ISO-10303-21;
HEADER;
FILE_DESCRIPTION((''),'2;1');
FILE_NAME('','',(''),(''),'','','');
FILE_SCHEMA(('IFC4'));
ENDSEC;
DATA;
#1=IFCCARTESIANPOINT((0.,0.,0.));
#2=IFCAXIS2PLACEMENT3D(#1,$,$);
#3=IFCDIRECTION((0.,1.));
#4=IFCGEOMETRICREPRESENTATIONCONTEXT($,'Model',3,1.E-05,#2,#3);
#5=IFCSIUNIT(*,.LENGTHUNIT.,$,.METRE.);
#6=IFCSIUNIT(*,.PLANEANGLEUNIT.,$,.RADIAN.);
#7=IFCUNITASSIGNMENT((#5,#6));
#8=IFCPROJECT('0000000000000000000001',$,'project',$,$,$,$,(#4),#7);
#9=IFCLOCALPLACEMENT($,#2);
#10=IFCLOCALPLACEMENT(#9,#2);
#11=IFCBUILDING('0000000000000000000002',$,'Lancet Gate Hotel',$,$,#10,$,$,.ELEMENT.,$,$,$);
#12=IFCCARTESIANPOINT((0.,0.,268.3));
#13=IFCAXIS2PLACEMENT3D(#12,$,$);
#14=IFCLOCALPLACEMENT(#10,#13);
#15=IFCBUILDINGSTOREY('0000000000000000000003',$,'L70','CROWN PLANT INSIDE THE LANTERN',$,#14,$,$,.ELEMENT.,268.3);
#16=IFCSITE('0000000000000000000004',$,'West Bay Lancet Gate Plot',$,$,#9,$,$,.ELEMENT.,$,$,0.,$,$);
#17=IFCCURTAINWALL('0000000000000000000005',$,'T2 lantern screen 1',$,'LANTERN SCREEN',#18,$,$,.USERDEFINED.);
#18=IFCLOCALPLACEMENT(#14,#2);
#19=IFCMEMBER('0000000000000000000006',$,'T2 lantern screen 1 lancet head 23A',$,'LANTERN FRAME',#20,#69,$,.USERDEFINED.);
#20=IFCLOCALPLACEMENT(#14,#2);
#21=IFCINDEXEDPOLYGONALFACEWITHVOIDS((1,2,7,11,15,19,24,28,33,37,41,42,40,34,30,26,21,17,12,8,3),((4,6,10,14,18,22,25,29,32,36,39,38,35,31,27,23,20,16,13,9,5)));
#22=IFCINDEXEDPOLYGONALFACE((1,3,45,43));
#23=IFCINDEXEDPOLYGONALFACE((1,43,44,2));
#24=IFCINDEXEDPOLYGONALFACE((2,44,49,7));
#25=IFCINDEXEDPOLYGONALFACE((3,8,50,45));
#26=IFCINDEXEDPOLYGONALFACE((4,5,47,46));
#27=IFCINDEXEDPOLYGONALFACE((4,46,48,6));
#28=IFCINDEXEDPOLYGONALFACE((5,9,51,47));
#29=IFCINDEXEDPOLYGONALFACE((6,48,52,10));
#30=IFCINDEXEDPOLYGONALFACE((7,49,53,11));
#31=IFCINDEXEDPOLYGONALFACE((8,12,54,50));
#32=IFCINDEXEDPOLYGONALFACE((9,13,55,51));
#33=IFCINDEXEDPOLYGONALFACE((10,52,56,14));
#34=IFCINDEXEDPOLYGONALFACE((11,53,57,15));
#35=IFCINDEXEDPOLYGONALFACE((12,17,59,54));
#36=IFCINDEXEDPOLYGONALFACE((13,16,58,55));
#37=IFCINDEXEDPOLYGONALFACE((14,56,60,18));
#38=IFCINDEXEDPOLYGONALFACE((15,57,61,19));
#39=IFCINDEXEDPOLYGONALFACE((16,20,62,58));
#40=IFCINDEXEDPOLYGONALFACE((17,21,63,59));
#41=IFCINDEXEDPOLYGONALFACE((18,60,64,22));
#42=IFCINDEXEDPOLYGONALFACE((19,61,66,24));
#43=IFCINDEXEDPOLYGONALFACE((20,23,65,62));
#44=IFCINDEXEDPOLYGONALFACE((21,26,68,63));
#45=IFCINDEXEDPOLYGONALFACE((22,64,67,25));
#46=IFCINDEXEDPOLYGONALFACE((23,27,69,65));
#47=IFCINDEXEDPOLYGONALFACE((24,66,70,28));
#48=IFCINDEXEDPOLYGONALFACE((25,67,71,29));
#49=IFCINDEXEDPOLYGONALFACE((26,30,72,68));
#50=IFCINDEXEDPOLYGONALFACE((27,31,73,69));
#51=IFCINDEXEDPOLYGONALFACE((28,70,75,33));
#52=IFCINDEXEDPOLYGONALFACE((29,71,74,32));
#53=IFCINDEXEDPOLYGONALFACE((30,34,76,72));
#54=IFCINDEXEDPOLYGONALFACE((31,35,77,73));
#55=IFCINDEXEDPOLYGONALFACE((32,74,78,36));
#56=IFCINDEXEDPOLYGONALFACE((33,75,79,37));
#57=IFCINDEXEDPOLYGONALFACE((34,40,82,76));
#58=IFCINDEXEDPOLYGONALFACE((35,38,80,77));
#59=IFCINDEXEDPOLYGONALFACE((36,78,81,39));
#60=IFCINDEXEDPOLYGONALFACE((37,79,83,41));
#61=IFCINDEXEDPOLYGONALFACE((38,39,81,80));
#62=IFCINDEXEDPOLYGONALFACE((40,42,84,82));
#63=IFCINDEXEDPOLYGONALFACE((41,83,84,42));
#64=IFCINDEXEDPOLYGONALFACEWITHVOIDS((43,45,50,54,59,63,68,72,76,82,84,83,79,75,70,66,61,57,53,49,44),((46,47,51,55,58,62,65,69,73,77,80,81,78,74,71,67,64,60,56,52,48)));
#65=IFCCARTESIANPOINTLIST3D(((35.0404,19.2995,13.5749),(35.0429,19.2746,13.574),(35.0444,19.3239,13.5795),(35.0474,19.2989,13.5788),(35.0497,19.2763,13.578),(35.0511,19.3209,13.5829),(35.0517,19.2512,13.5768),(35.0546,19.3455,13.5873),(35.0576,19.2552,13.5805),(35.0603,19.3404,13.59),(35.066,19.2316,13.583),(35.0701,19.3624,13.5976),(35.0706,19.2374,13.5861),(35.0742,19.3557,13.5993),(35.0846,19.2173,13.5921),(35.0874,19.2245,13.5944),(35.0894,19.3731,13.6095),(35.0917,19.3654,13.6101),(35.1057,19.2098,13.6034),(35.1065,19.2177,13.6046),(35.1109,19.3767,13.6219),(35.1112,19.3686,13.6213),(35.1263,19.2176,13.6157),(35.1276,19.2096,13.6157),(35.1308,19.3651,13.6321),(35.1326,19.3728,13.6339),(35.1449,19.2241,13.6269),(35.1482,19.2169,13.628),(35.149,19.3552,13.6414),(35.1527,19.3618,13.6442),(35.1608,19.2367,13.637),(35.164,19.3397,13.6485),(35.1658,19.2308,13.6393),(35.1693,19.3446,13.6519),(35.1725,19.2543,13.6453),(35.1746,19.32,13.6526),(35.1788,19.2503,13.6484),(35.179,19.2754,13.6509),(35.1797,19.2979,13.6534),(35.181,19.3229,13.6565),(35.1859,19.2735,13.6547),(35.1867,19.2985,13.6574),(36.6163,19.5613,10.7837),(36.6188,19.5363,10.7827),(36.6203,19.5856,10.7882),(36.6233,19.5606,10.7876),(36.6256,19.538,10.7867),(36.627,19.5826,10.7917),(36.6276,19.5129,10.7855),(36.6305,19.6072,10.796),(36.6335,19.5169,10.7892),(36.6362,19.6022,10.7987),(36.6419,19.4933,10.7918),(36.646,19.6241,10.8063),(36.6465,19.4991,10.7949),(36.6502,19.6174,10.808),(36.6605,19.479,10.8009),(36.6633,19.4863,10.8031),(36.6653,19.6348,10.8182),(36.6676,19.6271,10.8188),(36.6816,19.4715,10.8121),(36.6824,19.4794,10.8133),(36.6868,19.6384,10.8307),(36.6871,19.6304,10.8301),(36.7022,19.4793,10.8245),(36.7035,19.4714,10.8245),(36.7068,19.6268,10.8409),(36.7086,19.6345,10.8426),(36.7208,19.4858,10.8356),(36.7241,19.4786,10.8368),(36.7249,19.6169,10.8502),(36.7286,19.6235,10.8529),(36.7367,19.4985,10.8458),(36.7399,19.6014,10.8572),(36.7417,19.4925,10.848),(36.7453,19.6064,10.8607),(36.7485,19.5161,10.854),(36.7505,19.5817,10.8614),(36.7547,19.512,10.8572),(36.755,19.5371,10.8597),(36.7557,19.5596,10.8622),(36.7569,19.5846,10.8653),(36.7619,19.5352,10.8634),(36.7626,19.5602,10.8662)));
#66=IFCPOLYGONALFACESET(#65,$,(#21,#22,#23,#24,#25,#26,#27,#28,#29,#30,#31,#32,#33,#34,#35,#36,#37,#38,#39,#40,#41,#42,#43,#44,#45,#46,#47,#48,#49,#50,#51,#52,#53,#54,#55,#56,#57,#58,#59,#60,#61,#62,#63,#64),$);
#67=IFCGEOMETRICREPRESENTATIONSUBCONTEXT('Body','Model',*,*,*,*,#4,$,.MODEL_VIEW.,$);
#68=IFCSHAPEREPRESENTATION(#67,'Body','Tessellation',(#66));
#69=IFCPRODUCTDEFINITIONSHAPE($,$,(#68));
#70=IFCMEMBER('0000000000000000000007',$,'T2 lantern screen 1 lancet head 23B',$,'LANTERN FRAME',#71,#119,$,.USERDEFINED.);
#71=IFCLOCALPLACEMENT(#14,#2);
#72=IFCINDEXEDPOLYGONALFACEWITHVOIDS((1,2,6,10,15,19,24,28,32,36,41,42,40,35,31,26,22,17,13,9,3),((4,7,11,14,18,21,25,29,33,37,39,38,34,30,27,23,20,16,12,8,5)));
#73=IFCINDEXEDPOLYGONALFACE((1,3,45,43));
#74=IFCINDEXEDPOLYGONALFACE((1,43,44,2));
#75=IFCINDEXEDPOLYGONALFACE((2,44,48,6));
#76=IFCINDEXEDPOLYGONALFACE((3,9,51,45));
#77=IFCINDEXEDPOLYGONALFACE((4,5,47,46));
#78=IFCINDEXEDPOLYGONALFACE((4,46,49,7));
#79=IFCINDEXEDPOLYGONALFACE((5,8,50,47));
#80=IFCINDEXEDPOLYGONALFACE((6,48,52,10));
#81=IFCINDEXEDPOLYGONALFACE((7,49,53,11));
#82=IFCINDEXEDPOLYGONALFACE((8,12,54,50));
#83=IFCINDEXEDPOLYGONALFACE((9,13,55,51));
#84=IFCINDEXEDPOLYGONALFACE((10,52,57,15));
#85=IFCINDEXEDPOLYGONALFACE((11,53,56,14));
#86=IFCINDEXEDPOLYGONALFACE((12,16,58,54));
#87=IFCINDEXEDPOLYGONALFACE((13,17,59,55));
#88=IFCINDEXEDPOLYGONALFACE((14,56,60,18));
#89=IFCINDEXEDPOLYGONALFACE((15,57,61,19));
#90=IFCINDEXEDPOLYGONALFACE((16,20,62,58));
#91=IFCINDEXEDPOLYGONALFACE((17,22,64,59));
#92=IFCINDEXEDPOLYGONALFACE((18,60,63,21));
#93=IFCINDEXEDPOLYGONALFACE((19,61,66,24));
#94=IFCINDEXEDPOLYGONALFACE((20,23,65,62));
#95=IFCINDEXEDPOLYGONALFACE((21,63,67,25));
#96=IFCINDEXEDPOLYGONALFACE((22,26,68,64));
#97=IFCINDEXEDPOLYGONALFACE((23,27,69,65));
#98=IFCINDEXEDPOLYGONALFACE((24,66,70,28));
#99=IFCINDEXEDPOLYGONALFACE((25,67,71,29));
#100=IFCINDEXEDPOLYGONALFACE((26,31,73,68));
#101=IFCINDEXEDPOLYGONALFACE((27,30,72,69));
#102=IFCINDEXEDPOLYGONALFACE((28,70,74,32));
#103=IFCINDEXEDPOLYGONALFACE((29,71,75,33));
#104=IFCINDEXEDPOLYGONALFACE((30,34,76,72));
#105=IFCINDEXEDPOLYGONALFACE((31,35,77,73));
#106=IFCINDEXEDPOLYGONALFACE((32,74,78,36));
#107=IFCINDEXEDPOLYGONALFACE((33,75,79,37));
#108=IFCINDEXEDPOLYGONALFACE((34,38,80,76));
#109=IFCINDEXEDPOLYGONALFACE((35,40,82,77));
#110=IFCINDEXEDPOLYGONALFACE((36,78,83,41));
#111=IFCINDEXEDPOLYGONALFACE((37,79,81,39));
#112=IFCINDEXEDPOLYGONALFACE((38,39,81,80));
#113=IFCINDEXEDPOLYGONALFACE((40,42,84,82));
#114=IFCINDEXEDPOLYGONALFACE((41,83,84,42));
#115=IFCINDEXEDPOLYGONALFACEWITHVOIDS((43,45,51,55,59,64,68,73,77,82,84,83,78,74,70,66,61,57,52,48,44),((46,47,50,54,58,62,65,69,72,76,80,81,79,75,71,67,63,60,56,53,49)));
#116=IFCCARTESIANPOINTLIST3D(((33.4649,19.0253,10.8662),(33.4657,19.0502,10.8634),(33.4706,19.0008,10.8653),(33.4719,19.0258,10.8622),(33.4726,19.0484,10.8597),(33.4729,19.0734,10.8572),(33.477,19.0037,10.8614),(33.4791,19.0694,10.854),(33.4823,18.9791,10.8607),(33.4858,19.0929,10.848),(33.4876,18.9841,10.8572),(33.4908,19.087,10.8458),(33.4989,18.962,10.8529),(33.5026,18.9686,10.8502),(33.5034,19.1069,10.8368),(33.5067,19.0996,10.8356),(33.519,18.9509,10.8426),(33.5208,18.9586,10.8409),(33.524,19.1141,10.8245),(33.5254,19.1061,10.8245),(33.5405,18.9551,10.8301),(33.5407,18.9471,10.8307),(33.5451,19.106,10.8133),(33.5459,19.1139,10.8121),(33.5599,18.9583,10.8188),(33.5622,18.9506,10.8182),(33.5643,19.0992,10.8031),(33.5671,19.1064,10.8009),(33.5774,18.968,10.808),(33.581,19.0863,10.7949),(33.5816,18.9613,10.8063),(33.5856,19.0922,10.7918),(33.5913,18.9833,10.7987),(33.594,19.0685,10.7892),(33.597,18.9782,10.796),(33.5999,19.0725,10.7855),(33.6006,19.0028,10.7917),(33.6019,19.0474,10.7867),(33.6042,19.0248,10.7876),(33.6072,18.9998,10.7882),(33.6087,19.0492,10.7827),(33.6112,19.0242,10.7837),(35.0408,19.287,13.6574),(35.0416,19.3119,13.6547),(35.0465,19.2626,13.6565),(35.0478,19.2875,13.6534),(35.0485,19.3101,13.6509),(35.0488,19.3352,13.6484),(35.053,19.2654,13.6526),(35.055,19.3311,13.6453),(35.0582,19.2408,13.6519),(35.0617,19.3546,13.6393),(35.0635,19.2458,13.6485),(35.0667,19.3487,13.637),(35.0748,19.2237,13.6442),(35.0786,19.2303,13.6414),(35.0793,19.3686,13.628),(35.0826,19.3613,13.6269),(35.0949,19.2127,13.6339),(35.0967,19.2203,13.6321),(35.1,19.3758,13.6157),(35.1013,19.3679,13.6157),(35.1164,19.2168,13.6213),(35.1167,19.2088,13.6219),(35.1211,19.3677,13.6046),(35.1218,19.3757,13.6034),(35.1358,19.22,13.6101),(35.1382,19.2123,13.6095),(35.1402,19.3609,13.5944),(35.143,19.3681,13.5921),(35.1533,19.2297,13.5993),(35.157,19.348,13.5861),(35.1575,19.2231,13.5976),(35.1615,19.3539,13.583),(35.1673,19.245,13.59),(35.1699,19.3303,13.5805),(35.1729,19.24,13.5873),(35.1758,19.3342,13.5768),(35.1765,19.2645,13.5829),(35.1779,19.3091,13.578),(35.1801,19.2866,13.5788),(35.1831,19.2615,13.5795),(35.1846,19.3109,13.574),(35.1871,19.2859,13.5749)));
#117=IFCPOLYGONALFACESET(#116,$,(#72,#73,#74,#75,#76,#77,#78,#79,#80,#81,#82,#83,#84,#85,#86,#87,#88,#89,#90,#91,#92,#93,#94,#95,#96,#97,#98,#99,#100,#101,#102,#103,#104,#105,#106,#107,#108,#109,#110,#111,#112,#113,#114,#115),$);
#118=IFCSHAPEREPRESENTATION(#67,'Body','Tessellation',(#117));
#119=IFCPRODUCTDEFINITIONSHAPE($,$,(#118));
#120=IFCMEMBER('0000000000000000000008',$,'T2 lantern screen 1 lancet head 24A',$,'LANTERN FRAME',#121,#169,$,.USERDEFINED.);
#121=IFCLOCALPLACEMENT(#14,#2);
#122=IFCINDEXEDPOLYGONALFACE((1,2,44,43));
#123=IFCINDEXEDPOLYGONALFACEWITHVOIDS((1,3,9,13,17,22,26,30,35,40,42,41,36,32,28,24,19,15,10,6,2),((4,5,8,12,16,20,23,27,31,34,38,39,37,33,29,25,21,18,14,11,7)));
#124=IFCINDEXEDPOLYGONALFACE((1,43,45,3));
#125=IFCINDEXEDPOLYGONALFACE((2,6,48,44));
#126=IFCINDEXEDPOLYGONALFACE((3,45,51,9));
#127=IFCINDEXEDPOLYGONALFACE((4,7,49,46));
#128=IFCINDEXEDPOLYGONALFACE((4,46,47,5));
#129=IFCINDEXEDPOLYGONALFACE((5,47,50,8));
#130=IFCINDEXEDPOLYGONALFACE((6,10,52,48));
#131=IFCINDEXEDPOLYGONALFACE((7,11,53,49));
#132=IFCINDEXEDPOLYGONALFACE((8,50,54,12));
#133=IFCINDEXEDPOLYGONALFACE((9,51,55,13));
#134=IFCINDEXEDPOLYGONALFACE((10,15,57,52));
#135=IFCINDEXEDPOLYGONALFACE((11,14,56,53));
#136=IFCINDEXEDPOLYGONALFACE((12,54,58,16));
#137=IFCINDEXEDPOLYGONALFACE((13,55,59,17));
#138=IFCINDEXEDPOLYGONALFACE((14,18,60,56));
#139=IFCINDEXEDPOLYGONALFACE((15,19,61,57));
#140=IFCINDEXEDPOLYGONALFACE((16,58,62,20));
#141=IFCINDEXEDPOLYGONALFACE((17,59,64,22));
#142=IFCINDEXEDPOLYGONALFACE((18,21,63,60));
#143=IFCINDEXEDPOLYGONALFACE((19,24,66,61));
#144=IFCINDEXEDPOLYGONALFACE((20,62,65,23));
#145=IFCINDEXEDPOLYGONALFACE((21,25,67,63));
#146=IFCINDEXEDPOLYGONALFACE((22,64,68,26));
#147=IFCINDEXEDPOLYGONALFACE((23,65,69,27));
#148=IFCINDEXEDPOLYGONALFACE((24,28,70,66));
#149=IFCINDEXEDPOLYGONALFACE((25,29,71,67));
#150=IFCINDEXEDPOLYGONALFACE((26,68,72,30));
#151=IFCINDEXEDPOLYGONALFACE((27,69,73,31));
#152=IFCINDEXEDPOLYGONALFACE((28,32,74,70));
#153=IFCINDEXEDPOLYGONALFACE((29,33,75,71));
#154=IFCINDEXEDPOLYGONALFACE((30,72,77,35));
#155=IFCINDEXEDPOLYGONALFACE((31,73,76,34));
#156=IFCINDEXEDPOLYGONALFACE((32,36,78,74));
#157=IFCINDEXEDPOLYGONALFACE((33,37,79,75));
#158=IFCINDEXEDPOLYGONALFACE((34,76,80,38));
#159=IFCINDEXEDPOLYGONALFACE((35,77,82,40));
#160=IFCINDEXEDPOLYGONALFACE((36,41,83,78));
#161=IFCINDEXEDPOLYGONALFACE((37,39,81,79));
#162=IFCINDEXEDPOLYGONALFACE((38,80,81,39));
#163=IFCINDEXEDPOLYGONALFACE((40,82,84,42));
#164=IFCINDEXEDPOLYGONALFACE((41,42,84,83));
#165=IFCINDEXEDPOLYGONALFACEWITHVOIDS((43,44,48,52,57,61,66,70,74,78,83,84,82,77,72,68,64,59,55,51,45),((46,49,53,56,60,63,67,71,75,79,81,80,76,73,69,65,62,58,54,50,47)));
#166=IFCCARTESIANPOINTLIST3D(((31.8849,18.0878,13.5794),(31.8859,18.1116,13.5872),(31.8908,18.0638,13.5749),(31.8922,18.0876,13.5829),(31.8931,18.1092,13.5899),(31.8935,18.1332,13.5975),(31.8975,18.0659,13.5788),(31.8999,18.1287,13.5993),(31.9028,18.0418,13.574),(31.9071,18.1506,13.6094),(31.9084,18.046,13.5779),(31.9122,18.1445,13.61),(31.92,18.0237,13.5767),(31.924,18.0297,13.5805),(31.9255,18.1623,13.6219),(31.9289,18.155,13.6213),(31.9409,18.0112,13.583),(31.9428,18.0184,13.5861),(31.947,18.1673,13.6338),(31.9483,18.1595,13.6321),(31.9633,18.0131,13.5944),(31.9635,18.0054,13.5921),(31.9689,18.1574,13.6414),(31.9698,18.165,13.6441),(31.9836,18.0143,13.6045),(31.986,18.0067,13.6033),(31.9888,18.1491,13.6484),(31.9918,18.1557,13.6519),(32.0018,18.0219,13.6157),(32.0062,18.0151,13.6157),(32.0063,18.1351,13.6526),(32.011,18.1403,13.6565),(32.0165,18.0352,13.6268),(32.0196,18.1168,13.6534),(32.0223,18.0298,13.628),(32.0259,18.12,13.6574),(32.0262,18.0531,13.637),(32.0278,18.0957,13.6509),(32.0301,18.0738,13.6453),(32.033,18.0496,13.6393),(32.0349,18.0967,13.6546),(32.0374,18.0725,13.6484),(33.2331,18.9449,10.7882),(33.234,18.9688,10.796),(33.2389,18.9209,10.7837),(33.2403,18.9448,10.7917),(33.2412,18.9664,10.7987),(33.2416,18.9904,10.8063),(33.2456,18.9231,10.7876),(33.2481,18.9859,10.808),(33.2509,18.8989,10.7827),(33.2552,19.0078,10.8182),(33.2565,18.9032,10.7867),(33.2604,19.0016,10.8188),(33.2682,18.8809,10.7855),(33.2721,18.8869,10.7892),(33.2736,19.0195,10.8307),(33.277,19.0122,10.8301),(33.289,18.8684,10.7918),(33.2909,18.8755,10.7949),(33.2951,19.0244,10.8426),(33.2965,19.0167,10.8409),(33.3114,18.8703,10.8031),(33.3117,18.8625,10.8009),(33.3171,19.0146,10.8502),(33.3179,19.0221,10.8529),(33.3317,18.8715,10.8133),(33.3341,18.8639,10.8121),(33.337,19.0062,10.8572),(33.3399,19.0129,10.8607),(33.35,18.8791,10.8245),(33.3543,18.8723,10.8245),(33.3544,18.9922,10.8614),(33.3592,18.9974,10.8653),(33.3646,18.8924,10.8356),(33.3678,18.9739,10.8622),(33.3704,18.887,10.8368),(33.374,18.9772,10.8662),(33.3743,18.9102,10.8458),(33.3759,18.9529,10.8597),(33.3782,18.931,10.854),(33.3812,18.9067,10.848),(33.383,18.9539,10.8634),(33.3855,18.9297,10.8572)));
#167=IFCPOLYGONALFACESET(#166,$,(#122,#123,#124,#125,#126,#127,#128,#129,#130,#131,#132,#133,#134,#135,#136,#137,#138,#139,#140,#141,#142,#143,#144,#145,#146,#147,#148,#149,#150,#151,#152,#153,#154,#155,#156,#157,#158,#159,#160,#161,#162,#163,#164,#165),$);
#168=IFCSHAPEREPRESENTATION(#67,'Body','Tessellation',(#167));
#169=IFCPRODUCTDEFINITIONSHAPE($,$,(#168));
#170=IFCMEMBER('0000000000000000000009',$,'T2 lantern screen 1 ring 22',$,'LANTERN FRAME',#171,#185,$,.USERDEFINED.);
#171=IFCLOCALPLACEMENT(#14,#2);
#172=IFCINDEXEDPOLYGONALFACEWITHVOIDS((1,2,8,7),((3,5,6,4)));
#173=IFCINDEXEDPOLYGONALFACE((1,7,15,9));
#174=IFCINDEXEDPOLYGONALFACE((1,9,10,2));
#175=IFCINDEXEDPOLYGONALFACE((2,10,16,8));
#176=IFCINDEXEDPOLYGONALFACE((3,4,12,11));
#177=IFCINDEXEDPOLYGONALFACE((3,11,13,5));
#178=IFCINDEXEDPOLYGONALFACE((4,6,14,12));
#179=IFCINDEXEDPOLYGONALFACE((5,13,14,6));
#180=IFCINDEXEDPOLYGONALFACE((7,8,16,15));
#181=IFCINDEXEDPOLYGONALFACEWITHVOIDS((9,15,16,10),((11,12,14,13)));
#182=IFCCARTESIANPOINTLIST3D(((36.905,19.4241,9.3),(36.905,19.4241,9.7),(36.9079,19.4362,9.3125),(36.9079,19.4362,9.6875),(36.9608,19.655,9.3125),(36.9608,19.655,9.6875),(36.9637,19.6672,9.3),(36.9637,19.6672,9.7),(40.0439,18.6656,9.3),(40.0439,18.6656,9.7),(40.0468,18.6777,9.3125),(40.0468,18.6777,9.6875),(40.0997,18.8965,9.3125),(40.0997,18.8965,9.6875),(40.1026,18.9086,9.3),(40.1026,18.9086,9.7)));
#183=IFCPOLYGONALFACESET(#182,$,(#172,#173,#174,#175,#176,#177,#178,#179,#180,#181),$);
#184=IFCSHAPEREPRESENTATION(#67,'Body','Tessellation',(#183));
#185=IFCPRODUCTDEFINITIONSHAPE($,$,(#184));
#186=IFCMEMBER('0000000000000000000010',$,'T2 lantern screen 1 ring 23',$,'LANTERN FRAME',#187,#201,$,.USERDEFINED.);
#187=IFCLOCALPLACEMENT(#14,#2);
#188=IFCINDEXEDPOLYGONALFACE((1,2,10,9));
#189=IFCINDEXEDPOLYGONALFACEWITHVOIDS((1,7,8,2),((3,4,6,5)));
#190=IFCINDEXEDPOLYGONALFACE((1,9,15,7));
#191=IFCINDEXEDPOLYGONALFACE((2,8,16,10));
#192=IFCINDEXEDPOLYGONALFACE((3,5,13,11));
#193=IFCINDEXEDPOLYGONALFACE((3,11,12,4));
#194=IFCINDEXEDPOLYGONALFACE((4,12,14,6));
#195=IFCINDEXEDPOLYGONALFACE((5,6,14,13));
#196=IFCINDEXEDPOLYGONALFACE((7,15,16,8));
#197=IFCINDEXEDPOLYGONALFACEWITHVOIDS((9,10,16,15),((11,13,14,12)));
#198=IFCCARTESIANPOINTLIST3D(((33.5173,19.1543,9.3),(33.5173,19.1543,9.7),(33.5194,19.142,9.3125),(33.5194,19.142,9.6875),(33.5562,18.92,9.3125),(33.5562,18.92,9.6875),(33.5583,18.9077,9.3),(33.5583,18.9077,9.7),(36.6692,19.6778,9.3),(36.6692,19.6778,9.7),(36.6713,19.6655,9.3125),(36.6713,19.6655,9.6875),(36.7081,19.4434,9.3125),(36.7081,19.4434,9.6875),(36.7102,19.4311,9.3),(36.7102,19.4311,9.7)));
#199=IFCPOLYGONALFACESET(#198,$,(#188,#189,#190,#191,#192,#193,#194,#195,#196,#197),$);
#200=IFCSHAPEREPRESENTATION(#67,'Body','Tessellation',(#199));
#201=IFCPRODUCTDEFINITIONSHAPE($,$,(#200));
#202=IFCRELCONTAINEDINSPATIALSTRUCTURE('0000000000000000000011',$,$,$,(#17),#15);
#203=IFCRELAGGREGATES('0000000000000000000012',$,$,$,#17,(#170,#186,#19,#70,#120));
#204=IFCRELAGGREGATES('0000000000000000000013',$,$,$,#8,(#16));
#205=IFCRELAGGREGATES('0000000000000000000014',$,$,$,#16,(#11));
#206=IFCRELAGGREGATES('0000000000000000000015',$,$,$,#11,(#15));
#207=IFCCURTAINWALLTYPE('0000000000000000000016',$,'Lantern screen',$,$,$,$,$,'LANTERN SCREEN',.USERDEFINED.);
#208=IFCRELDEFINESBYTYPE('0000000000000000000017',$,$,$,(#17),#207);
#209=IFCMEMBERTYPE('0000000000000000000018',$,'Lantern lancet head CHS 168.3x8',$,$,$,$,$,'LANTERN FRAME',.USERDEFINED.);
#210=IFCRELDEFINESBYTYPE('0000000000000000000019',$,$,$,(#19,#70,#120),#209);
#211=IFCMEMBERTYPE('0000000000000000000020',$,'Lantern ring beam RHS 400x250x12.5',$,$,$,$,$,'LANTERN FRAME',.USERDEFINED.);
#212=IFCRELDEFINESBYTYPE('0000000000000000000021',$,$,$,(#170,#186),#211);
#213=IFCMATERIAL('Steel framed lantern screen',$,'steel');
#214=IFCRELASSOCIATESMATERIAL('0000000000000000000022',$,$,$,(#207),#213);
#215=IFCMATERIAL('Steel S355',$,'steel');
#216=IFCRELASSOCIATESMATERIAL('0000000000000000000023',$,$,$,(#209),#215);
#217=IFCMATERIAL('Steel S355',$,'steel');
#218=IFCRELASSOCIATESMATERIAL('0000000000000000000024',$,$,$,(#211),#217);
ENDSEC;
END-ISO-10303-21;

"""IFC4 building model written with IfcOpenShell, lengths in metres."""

from ifc_helpers import new_model, si_unit, direction, frame, origin, origin_2d, place, context, subcontext, project, spatial, hollow_rectangle, hollow_circle, extrude, material, material_profile, profile_set, type_object, element, aggregate, save


model = new_model("IFC4")

# Units and contexts
model_context = context("Model", 3, precision=1e-05, world=origin(), true_north=direction((0.0, 1.0)))
body_context = subcontext(model_context, "Body", "Model", "MODEL_VIEW")
ifc_project = project(units=[si_unit("LENGTHUNIT", "METRE"), si_unit("PLANEANGLEUNIT", "RADIAN")], contexts=[model_context])

# Site, building, storey
site_placement = place(None, origin())
site = spatial("IfcSite", under=ifc_project, at=site_placement, Name="West Bay Lancet Gate Plot", CompositionType="ELEMENT", RefElevation=0.0)
building_placement = place(site_placement, origin())
building = spatial("IfcBuilding", under=site, at=building_placement, Name="Lancet Gate Hotel", CompositionType="ELEMENT")
storey_placement = place(building_placement, frame((0.0, 0.0, 268.3)))
storey = spatial("IfcBuildingStorey", under=building, at=storey_placement, Name="L70", Description="CROWN PLANT INSIDE THE LANTERN", CompositionType="ELEMENT", Elevation=268.3)

# Curtain wall, members
ifc_material_1 = material(Name="Steel framed lantern screen", Category="steel")
curtain_wall_type_1 = type_object("IfcCurtainWallType", Name="Lantern screen", ElementType="LANTERN SCREEN", PredefinedType="USERDEFINED", material=ifc_material_1)
curtain_wall_1_placement = place(storey_placement, origin())
curtain_wall_1 = element("IfcCurtainWall", 1, at=curtain_wall_1_placement, inside=storey, type_object=curtain_wall_type_1, Name="T2 lantern screen 1", ObjectType="LANTERN SCREEN", PredefinedType="USERDEFINED")
ifc_material_2 = material(Name="Steel S355", Category="steel")
ifc_material_profile_1 = material_profile(ifc_material_2, hollow_circle(Radius=0.0842, WallThickness=0.0081, at=origin_2d()), Name="CHS 168.3x8.0")
ifc_profile_set_1 = profile_set([ifc_material_profile_1], Name="Steel S355")
member_type_1 = type_object("IfcMemberType", Name="Lantern lancet head CHS 168.3x8", ElementType="LANTERN FRAME", PredefinedType="USERDEFINED", material=ifc_profile_set_1)
member_1_placement = place(storey_placement, frame((36.6897, 19.5544, 10.8245), z_axis=(-0.490015, -0.081378, 0.867907), x_axis=(0.163829, -0.986489, 0.0)))
member_1 = element("IfcMember", 2, at=member_1_placement, type_object=member_type_1, Name="T2 lantern screen 1 lancet head 23A", ObjectType="LANTERN FRAME", PredefinedType="USERDEFINED", context=body_context, shape_type="SweptSolid", body=[
    extrude(hollow_circle(Radius=0.0842, WallThickness=0.0081, at=origin_2d()), origin(), (0.0, 0.0, 1.0), 3.2161),
])
member_2_placement = place(storey_placement, frame((33.5378, 19.031, 10.8245), z_axis=(0.490015, 0.081378, 0.867907), x_axis=(-0.163829, 0.986489, 0.0)))
member_2 = element("IfcMember", 3, at=member_2_placement, type_object=member_type_1, Name="T2 lantern screen 1 lancet head 23B", ObjectType="LANTERN FRAME", PredefinedType="USERDEFINED", context=body_context, shape_type="SweptSolid", body=[
    extrude(hollow_circle(Radius=0.0842, WallThickness=0.0081, at=origin_2d()), origin(), (0.0, 0.0, 1.0), 3.2161),
])
member_3_placement = place(storey_placement, frame((33.3091, 18.9434, 10.8245), z_axis=(-0.419185, -0.266526, 0.867899), x_axis=(0.536549, -0.843869, 0.0)))
member_3 = element("IfcMember", 4, at=member_3_placement, type_object=member_type_1, Name="T2 lantern screen 1 lancet head 24A", ObjectType="LANTERN FRAME", PredefinedType="USERDEFINED", context=body_context, shape_type="SweptSolid", body=[
    extrude(hollow_circle(Radius=0.0842, WallThickness=0.0081, at=origin_2d()), origin(), (0.0, 0.0, 1.0), 3.2161),
])
ifc_material_3 = material(Name="Steel S355", Category="steel")
ifc_material_profile_2 = material_profile(ifc_material_3, hollow_rectangle(XDim=0.25, YDim=0.3999, WallThickness=0.0125, at=origin_2d()), Name="RHS 400x250x12.5")
ifc_profile_set_2 = profile_set([ifc_material_profile_2], Name="Steel S355")
member_type_2 = type_object("IfcMemberType", Name="Lantern ring beam RHS 400x250x12.5", ElementType="LANTERN FRAME", PredefinedType="USERDEFINED", material=ifc_profile_set_2)
member_4_placement = place(storey_placement, frame((40.0732, 18.7871, 9.5), z_axis=(-0.97202, 0.234897, 0.0), x_axis=(-0.234897, -0.97202, 0.0)))
member_4 = element("IfcMember", 5, at=member_4_placement, type_object=member_type_2, Name="T2 lantern screen 1 ring 22", ObjectType="LANTERN FRAME", PredefinedType="USERDEFINED", context=body_context, shape_type="SweptSolid", body=[
    extrude(hollow_rectangle(XDim=0.25, YDim=0.3999, WallThickness=0.0125, at=origin_2d()), origin(), (0.0, 0.0, 1.0), 3.2292),
])
member_5_placement = place(storey_placement, frame((36.6897, 19.5544, 9.5), z_axis=(-0.986489, -0.163829, 0.0), x_axis=(0.163829, -0.986489, 0.0)))
member_5 = element("IfcMember", 6, at=member_5_placement, type_object=member_type_2, Name="T2 lantern screen 1 ring 23", ObjectType="LANTERN FRAME", PredefinedType="USERDEFINED", context=body_context, shape_type="SweptSolid", body=[
    extrude(hollow_rectangle(XDim=0.25, YDim=0.3999, WallThickness=0.0125, at=origin_2d()), origin(), (0.0, 0.0, 1.0), 3.1951),
])

aggregate(curtain_wall_1, [member_4, member_5, member_1, member_2, member_3])

save(model, "model.ifc")
